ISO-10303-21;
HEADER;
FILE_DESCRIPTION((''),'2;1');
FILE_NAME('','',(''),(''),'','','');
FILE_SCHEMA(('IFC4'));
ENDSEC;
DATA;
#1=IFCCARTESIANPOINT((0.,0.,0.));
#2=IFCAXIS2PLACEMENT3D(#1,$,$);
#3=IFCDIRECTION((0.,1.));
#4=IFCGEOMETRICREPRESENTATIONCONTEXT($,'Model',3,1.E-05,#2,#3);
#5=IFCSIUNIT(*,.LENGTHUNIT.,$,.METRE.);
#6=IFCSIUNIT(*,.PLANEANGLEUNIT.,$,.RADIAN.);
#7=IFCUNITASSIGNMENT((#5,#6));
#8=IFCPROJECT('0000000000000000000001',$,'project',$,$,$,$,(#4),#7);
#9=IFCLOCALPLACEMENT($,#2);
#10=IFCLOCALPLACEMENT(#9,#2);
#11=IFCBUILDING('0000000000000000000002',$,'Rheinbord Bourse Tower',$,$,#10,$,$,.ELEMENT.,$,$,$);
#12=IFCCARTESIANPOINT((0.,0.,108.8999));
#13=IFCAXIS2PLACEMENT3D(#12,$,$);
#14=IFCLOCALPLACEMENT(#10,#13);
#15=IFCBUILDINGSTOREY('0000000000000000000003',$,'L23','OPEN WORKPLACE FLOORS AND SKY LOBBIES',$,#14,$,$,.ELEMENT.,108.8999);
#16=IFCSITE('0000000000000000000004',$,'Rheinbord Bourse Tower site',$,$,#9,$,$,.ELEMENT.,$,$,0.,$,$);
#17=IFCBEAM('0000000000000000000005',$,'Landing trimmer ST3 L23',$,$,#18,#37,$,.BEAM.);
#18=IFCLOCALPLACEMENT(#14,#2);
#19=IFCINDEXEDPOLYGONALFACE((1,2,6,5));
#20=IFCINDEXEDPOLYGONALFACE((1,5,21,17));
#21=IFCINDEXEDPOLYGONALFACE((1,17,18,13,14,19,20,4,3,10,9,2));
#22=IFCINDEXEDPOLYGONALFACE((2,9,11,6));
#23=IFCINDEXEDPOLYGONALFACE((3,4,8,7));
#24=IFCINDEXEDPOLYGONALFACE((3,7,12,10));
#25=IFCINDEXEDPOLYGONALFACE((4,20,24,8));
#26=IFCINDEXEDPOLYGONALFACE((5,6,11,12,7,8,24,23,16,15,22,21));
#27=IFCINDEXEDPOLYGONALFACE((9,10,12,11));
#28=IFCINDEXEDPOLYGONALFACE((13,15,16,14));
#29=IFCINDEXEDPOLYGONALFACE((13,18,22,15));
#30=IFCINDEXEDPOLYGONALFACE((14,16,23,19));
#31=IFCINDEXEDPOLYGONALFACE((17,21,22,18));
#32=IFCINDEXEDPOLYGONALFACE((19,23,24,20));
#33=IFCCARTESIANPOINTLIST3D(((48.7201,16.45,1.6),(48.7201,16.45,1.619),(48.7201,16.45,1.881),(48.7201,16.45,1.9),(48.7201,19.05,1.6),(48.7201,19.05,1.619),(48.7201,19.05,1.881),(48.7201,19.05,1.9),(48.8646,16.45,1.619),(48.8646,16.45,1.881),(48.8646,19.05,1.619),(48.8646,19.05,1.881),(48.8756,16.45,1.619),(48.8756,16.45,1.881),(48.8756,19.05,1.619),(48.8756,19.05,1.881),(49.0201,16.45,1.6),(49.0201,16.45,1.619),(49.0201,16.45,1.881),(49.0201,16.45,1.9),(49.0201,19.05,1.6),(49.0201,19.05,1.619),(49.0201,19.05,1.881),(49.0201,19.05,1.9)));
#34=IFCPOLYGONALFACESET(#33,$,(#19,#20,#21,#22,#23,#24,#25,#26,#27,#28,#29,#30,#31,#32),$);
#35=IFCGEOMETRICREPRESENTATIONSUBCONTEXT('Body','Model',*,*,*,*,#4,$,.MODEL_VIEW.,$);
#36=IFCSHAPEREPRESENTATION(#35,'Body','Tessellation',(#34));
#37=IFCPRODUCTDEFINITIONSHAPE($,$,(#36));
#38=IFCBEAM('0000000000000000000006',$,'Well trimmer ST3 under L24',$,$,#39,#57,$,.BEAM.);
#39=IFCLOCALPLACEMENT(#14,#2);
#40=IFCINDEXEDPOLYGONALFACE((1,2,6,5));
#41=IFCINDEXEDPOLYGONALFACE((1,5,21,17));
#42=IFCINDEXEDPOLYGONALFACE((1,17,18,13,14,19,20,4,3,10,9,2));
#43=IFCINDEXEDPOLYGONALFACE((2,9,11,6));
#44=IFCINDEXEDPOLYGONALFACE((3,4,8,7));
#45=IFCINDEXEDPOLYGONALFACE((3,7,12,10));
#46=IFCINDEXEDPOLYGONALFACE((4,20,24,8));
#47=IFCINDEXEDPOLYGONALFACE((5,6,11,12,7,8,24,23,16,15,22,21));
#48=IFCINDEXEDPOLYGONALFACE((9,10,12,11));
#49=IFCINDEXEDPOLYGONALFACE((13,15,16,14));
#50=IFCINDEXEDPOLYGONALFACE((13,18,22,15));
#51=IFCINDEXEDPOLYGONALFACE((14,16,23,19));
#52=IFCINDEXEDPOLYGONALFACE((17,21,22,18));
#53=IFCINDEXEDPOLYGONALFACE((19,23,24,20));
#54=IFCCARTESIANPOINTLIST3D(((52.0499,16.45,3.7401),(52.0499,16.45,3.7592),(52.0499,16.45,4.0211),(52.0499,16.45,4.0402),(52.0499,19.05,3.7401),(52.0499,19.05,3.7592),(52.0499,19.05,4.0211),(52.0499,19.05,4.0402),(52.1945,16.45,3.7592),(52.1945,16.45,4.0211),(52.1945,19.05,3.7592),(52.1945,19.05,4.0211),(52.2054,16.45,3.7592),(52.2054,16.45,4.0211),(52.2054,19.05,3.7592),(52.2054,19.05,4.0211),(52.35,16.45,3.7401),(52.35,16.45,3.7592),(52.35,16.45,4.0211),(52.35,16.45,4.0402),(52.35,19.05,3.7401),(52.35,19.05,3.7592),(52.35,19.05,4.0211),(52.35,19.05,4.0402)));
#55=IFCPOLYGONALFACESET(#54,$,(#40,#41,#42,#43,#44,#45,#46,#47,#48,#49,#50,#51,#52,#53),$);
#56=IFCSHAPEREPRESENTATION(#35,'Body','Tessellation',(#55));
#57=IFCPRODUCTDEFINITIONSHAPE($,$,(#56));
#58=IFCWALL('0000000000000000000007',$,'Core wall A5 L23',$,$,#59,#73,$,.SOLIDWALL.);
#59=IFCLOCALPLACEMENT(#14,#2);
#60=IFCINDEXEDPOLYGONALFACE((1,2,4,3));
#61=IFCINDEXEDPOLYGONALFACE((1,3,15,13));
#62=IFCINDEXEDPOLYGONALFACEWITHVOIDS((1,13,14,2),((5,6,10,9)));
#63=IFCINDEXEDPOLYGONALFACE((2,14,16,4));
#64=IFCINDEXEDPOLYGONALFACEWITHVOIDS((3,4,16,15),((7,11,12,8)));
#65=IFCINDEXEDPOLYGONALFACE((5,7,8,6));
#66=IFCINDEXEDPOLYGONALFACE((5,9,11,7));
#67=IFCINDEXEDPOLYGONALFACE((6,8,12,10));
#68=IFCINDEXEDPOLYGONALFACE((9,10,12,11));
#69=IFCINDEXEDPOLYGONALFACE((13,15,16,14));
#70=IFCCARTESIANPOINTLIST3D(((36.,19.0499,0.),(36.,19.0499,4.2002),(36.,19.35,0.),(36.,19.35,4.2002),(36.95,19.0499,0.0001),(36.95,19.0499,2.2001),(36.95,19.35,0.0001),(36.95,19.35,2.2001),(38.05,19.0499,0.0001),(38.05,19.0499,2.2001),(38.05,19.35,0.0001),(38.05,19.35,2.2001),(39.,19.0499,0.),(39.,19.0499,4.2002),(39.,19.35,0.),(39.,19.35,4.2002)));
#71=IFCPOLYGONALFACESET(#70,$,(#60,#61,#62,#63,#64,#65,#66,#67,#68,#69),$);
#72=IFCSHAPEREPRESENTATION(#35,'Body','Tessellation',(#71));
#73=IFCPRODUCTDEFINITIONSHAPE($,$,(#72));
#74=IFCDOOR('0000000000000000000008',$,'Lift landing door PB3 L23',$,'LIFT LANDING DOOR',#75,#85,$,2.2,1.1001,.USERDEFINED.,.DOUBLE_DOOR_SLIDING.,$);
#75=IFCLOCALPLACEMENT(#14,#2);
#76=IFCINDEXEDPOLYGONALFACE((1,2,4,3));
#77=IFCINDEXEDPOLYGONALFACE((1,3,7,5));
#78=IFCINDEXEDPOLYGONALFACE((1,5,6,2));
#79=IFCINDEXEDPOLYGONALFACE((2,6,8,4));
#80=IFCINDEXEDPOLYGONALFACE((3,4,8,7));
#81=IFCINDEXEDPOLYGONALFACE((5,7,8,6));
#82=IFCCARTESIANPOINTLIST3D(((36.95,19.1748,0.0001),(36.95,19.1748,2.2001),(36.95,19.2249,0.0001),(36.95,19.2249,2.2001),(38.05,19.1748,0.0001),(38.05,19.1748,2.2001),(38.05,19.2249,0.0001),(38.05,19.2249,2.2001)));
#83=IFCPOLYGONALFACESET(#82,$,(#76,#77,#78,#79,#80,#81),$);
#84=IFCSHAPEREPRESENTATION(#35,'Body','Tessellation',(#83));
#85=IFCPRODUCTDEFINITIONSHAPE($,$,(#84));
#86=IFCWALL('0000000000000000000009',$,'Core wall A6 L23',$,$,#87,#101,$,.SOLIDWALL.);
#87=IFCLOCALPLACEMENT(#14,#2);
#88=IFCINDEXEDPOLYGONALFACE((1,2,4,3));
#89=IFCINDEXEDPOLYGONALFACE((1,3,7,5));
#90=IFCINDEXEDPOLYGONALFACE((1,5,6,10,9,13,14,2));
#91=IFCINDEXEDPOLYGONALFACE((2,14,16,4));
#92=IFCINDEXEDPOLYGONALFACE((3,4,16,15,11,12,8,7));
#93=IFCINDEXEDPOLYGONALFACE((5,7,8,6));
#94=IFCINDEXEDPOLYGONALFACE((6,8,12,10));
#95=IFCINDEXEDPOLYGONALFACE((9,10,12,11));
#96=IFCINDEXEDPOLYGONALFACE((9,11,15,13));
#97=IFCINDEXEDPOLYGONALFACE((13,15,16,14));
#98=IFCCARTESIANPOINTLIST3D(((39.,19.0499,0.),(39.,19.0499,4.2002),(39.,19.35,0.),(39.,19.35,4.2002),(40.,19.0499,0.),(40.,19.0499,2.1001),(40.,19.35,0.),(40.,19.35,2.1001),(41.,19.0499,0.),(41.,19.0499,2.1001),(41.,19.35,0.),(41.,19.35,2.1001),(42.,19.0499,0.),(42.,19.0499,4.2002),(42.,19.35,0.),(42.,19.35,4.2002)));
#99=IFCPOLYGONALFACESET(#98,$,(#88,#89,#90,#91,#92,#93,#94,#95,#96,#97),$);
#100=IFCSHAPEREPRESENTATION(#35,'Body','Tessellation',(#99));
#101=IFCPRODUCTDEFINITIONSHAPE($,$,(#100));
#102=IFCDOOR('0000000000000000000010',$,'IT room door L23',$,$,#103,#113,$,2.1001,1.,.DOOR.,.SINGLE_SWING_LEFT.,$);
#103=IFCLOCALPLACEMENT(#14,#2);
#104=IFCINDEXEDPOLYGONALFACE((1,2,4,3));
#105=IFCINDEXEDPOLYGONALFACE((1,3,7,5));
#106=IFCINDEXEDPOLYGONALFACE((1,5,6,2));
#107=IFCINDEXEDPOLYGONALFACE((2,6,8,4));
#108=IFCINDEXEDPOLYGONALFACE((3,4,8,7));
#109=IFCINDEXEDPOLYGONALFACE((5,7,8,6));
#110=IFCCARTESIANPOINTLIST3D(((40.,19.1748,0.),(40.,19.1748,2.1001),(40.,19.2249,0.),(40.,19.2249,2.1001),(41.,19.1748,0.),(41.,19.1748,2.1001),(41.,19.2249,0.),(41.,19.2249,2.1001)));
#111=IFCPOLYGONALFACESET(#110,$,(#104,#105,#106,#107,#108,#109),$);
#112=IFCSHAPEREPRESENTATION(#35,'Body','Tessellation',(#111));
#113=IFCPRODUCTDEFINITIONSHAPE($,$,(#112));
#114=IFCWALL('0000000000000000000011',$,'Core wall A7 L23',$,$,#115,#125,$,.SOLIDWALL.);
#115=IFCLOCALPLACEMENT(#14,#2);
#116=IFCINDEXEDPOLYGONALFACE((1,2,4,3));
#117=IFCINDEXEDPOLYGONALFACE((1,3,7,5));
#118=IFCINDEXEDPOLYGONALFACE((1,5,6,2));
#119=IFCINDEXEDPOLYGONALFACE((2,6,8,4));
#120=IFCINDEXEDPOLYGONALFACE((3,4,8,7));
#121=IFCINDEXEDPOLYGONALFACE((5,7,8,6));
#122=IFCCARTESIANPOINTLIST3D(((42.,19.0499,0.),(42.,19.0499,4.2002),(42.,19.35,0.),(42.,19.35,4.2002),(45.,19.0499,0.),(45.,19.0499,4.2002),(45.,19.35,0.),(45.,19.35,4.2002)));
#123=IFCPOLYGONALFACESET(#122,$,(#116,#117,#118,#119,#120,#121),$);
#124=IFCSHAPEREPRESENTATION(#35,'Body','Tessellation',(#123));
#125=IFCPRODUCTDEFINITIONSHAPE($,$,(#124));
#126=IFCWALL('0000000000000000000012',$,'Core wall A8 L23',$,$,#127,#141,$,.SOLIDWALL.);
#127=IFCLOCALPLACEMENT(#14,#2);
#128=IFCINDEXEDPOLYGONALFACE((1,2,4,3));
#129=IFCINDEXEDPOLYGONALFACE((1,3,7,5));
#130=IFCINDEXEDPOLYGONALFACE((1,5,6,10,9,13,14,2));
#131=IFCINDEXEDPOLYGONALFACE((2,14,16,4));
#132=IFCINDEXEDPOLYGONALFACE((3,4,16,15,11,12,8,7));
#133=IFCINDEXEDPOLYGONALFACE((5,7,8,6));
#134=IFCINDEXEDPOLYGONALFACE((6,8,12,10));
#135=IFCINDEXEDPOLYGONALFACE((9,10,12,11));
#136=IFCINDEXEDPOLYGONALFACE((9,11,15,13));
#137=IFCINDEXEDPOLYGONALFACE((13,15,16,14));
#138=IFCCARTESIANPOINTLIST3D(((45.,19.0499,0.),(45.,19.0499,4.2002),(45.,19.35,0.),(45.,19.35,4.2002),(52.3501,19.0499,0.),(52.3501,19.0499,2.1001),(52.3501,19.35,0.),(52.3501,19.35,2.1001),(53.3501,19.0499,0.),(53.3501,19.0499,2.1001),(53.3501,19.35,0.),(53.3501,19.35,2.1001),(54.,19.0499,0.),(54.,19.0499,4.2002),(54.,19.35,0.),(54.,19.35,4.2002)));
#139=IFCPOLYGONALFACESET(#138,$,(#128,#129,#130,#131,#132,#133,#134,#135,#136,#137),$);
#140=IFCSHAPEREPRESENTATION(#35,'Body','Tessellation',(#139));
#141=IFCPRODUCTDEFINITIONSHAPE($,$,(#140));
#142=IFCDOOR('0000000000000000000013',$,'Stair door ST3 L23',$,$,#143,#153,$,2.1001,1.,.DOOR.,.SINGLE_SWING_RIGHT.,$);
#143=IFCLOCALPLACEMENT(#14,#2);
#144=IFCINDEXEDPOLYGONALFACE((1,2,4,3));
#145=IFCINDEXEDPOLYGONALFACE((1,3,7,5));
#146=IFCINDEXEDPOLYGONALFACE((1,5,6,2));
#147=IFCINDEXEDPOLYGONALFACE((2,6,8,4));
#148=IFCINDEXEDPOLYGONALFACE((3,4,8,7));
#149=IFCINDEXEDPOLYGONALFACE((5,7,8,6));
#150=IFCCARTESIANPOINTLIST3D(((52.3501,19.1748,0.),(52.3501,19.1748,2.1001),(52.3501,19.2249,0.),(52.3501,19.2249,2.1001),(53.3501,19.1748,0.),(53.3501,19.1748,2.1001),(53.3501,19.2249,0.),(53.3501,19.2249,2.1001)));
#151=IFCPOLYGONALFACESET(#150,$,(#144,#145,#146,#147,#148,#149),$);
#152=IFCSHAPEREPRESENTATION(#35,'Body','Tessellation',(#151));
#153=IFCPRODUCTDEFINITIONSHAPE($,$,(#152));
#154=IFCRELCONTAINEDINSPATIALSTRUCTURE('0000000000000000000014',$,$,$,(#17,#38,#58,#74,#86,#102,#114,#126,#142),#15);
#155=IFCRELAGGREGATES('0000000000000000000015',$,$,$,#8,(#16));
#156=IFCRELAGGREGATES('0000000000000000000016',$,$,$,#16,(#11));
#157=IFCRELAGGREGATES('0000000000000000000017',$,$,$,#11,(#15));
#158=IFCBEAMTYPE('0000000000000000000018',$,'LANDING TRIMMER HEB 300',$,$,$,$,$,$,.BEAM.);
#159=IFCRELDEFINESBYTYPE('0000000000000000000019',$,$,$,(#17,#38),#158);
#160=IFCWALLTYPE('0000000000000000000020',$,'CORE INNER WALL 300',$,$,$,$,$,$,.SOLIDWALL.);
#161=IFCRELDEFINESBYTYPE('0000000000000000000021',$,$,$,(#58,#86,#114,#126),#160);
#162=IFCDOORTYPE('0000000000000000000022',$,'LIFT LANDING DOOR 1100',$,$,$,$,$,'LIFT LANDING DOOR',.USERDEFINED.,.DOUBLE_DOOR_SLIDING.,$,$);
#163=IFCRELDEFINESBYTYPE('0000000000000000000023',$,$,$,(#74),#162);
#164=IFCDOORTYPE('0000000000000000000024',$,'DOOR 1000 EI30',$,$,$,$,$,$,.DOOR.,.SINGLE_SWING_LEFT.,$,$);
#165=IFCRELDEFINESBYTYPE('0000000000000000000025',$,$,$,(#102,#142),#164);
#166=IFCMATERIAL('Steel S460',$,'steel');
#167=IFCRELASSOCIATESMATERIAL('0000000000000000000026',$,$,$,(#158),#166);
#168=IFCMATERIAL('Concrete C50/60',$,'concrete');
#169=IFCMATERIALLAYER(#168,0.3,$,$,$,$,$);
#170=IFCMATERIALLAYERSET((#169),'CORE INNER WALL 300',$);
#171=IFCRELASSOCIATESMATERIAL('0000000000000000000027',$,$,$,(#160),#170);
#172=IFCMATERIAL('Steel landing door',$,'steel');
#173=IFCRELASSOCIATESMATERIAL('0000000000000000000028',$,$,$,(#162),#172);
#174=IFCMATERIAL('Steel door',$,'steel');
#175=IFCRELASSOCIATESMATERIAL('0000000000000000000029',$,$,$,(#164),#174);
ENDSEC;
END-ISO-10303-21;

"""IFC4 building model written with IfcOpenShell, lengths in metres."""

from ifc_helpers import new_model, si_unit, direction, frame, frame_2d, origin, origin_2d, place, context, subcontext, project, spatial, rectangle, i_section, extrude, material, layer, layer_set, material_profile, profile_set, type_object, element, fill, save


model = new_model("IFC4")

# Units and contexts
model_context = context("Model", 3, precision=1e-05, world=origin(), true_north=direction((0.0, 1.0)))
body_context = subcontext(model_context, "Body", "Model", "MODEL_VIEW")
ifc_project = project(units=[si_unit("LENGTHUNIT", "METRE"), si_unit("PLANEANGLEUNIT", "RADIAN")], contexts=[model_context])

# Site, building, storey
site_placement = place(None, origin())
site = spatial("IfcSite", under=ifc_project, at=site_placement, Name="Rheinbord Bourse Tower site", CompositionType="ELEMENT", RefElevation=0.0)
building_placement = place(site_placement, origin())
building = spatial("IfcBuilding", under=site, at=building_placement, Name="Rheinbord Bourse Tower", CompositionType="ELEMENT")
storey_placement = place(building_placement, frame((0.0, 0.0, 108.8999)))
storey = spatial("IfcBuildingStorey", under=building, at=storey_placement, Name="L23", Description="OPEN WORKPLACE FLOORS AND SKY LOBBIES", CompositionType="ELEMENT", Elevation=108.8999)

# Beams
ifc_material_1 = material(Name="Steel S460", Category="steel")
ifc_material_profile = material_profile(ifc_material_1, i_section(OverallWidth=0.3, OverallDepth=0.3, WebThickness=0.011, FlangeThickness=0.019, at=origin_2d()), Name="HEB 300")
ifc_profile_set = profile_set([ifc_material_profile], Name="Steel S460")
beam_type = type_object("IfcBeamType", Name="LANDING TRIMMER HEB 300", PredefinedType="BEAM", material=ifc_profile_set)
for number, where, z_axis, x_axis, name in (
    (1, (48.8701, 16.45, 1.75), (0.0, 1.0, 0.0), (-1.0, 0.0, 0.0), "Landing trimmer ST3 L23"),
    (2, (52.2, 16.45, 3.8901), (0.0, 1.0, 0.0), (-1.0, 0.0, 0.0), "Well trimmer ST3 under L24"),
):
    element("IfcBeam", number, at=place(storey_placement, frame(where, z_axis=z_axis, x_axis=x_axis)), inside=storey, type_object=beam_type, Name=name, PredefinedType="BEAM", context=body_context, shape_type="SweptSolid", body=[
        extrude(i_section(OverallWidth=0.3, OverallDepth=0.3, WebThickness=0.011, FlangeThickness=0.019, at=origin_2d()), origin(), (0.0, 0.0, 1.0), 2.6001),
    ])

# Walls, openings, doors
ifc_material_2 = material(Name="Concrete C50/60", Category="concrete")
ifc_layer = layer(ifc_material_2, 0.3)
ifc_layer_set = layer_set([ifc_layer], Name="CORE INNER WALL 300")
wall_type = type_object("IfcWallType", Name="CORE INNER WALL 300", PredefinedType="SOLIDWALL", material=ifc_layer_set)
wall_1_placement = place(storey_placement, frame((36.0, 19.2, 0.0), z_axis=(0.0, 0.0, 1.0), x_axis=(1.0, 0.0, 0.0)))
wall_1 = element("IfcWall", 3, at=wall_1_placement, inside=storey, type_object=wall_type, Name="Core wall A5 L23", PredefinedType="SOLIDWALL", context=body_context, shape_type="SweptSolid", body=[
    extrude(rectangle(XDim=3.0, YDim=0.3, at=frame_2d((1.5, 0.0))), origin(), (0.0, 0.0, 1.0), 4.2002),
])
opening_1_placement = place(wall_1_placement, frame((0.95, 0.0, 0.0)))
opening_1 = element("IfcOpeningElement", 4, at=opening_1_placement, cuts=wall_1, PredefinedType="OPENING", context=body_context, shape_type="SweptSolid", body=[
    extrude(rectangle(XDim=1.1001, YDim=2.2, at=frame_2d((0.55, 1.1001))), frame((0.0, 0.1599, 0.0), z_axis=(0.0, -1.0, 0.0), x_axis=(1.0, 0.0, 0.0)), (0.0, 0.0, 1.0), 0.3201),
])
ifc_material_3 = material(Name="Steel landing door", Category="steel")
door_type_1 = type_object("IfcDoorType", Name="LIFT LANDING DOOR 1100", ElementType="LIFT LANDING DOOR", OperationType="DOUBLE_DOOR_SLIDING", PredefinedType="USERDEFINED", material=ifc_material_3)
door_1_placement = place(opening_1_placement, origin())
door_1 = element("IfcDoor", 5, at=door_1_placement, inside=storey, type_object=door_type_1, Name="Lift landing door PB3 L23", ObjectType="LIFT LANDING DOOR", OperationType="DOUBLE_DOOR_SLIDING", OverallHeight=2.2, OverallWidth=1.1001, PredefinedType="USERDEFINED", context=body_context, shape_type="SweptSolid", body=[
    extrude(rectangle(XDim=1.1001, YDim=2.2, at=frame_2d((0.55, 1.1001))), frame((0.0, 0.0249, 0.0), z_axis=(0.0, -1.0, 0.0), x_axis=(1.0, 0.0, 0.0)), (0.0, 0.0, 1.0), 0.05),
])
fill(opening_1, door_1)
wall_2_placement = place(storey_placement, frame((39.0, 19.2, 0.0), z_axis=(0.0, 0.0, 1.0), x_axis=(1.0, 0.0, 0.0)))
wall_2 = element("IfcWall", 6, at=wall_2_placement, inside=storey, type_object=wall_type, Name="Core wall A6 L23", PredefinedType="SOLIDWALL", context=body_context, shape_type="SweptSolid", body=[
    extrude(rectangle(XDim=3.0, YDim=0.3, at=frame_2d((1.5, 0.0))), origin(), (0.0, 0.0, 1.0), 4.2002),
])
opening_2_placement = place(wall_2_placement, frame((1.0, 0.0, 0.0)))
opening_2 = element("IfcOpeningElement", 7, at=opening_2_placement, cuts=wall_2, PredefinedType="OPENING", context=body_context, shape_type="SweptSolid", body=[
    extrude(rectangle(XDim=1.0, YDim=2.1001, at=frame_2d((0.5, 1.05))), frame((0.0, 0.1599, 0.0), z_axis=(0.0, -1.0, 0.0), x_axis=(1.0, 0.0, 0.0)), (0.0, 0.0, 1.0), 0.3201),
])
ifc_material_4 = material(Name="Steel door", Category="steel")
door_type_2 = type_object("IfcDoorType", Name="DOOR 1000 EI30", OperationType="SINGLE_SWING_LEFT", PredefinedType="DOOR", material=ifc_material_4)
door_2_placement = place(opening_2_placement, origin())
door_2 = element("IfcDoor", 8, at=door_2_placement, inside=storey, type_object=door_type_2, Name="IT room door L23", OperationType="SINGLE_SWING_LEFT", OverallHeight=2.1001, OverallWidth=1.0, PredefinedType="DOOR", context=body_context, shape_type="SweptSolid", body=[
    extrude(rectangle(XDim=1.0, YDim=2.1001, at=frame_2d((0.5, 1.05))), frame((0.0, 0.0249, 0.0), z_axis=(0.0, -1.0, 0.0), x_axis=(1.0, 0.0, 0.0)), (0.0, 0.0, 1.0), 0.05),
])
fill(opening_2, door_2)

# Wall
wall_3_placement = place(storey_placement, frame((42.0, 19.2, 0.0), z_axis=(0.0, 0.0, 1.0), x_axis=(1.0, 0.0, 0.0)))
element("IfcWall", 9, at=wall_3_placement, inside=storey, type_object=wall_type, Name="Core wall A7 L23", PredefinedType="SOLIDWALL", context=body_context, shape_type="SweptSolid", body=[
    extrude(rectangle(XDim=3.0, YDim=0.3, at=frame_2d((1.5, 0.0))), origin(), (0.0, 0.0, 1.0), 4.2002),
])

# Wall, opening, door
wall_4_placement = place(storey_placement, frame((45.0, 19.2, 0.0), z_axis=(0.0, 0.0, 1.0), x_axis=(1.0, 0.0, 0.0)))
wall_4 = element("IfcWall", 10, at=wall_4_placement, inside=storey, type_object=wall_type, Name="Core wall A8 L23", PredefinedType="SOLIDWALL", context=body_context, shape_type="SweptSolid", body=[
    extrude(rectangle(XDim=9.0, YDim=0.3, at=frame_2d((4.5, 0.0))), origin(), (0.0, 0.0, 1.0), 4.2002),
])
opening_3_placement = place(wall_4_placement, frame((7.3501, 0.0, 0.0)))
opening_3 = element("IfcOpeningElement", 11, at=opening_3_placement, cuts=wall_4, PredefinedType="OPENING", context=body_context, shape_type="SweptSolid", body=[
    extrude(rectangle(XDim=1.0, YDim=2.1001, at=frame_2d((0.5, 1.05))), frame((0.0, 0.1599, 0.0), z_axis=(0.0, -1.0, 0.0), x_axis=(1.0, 0.0, 0.0)), (0.0, 0.0, 1.0), 0.3201),
])
door_3_placement = place(opening_3_placement, origin())
door_3 = element("IfcDoor", 12, at=door_3_placement, inside=storey, type_object=door_type_2, Name="Stair door ST3 L23", OperationType="SINGLE_SWING_RIGHT", OverallHeight=2.1001, OverallWidth=1.0, PredefinedType="DOOR", context=body_context, shape_type="SweptSolid", body=[
    extrude(rectangle(XDim=1.0, YDim=2.1001, at=frame_2d((0.5, 1.05))), frame((0.0, 0.0249, 0.0), z_axis=(0.0, -1.0, 0.0), x_axis=(1.0, 0.0, 0.0)), (0.0, 0.0, 1.0), 0.05),
])
fill(opening_3, door_3)

save(model, "model.ifc")
